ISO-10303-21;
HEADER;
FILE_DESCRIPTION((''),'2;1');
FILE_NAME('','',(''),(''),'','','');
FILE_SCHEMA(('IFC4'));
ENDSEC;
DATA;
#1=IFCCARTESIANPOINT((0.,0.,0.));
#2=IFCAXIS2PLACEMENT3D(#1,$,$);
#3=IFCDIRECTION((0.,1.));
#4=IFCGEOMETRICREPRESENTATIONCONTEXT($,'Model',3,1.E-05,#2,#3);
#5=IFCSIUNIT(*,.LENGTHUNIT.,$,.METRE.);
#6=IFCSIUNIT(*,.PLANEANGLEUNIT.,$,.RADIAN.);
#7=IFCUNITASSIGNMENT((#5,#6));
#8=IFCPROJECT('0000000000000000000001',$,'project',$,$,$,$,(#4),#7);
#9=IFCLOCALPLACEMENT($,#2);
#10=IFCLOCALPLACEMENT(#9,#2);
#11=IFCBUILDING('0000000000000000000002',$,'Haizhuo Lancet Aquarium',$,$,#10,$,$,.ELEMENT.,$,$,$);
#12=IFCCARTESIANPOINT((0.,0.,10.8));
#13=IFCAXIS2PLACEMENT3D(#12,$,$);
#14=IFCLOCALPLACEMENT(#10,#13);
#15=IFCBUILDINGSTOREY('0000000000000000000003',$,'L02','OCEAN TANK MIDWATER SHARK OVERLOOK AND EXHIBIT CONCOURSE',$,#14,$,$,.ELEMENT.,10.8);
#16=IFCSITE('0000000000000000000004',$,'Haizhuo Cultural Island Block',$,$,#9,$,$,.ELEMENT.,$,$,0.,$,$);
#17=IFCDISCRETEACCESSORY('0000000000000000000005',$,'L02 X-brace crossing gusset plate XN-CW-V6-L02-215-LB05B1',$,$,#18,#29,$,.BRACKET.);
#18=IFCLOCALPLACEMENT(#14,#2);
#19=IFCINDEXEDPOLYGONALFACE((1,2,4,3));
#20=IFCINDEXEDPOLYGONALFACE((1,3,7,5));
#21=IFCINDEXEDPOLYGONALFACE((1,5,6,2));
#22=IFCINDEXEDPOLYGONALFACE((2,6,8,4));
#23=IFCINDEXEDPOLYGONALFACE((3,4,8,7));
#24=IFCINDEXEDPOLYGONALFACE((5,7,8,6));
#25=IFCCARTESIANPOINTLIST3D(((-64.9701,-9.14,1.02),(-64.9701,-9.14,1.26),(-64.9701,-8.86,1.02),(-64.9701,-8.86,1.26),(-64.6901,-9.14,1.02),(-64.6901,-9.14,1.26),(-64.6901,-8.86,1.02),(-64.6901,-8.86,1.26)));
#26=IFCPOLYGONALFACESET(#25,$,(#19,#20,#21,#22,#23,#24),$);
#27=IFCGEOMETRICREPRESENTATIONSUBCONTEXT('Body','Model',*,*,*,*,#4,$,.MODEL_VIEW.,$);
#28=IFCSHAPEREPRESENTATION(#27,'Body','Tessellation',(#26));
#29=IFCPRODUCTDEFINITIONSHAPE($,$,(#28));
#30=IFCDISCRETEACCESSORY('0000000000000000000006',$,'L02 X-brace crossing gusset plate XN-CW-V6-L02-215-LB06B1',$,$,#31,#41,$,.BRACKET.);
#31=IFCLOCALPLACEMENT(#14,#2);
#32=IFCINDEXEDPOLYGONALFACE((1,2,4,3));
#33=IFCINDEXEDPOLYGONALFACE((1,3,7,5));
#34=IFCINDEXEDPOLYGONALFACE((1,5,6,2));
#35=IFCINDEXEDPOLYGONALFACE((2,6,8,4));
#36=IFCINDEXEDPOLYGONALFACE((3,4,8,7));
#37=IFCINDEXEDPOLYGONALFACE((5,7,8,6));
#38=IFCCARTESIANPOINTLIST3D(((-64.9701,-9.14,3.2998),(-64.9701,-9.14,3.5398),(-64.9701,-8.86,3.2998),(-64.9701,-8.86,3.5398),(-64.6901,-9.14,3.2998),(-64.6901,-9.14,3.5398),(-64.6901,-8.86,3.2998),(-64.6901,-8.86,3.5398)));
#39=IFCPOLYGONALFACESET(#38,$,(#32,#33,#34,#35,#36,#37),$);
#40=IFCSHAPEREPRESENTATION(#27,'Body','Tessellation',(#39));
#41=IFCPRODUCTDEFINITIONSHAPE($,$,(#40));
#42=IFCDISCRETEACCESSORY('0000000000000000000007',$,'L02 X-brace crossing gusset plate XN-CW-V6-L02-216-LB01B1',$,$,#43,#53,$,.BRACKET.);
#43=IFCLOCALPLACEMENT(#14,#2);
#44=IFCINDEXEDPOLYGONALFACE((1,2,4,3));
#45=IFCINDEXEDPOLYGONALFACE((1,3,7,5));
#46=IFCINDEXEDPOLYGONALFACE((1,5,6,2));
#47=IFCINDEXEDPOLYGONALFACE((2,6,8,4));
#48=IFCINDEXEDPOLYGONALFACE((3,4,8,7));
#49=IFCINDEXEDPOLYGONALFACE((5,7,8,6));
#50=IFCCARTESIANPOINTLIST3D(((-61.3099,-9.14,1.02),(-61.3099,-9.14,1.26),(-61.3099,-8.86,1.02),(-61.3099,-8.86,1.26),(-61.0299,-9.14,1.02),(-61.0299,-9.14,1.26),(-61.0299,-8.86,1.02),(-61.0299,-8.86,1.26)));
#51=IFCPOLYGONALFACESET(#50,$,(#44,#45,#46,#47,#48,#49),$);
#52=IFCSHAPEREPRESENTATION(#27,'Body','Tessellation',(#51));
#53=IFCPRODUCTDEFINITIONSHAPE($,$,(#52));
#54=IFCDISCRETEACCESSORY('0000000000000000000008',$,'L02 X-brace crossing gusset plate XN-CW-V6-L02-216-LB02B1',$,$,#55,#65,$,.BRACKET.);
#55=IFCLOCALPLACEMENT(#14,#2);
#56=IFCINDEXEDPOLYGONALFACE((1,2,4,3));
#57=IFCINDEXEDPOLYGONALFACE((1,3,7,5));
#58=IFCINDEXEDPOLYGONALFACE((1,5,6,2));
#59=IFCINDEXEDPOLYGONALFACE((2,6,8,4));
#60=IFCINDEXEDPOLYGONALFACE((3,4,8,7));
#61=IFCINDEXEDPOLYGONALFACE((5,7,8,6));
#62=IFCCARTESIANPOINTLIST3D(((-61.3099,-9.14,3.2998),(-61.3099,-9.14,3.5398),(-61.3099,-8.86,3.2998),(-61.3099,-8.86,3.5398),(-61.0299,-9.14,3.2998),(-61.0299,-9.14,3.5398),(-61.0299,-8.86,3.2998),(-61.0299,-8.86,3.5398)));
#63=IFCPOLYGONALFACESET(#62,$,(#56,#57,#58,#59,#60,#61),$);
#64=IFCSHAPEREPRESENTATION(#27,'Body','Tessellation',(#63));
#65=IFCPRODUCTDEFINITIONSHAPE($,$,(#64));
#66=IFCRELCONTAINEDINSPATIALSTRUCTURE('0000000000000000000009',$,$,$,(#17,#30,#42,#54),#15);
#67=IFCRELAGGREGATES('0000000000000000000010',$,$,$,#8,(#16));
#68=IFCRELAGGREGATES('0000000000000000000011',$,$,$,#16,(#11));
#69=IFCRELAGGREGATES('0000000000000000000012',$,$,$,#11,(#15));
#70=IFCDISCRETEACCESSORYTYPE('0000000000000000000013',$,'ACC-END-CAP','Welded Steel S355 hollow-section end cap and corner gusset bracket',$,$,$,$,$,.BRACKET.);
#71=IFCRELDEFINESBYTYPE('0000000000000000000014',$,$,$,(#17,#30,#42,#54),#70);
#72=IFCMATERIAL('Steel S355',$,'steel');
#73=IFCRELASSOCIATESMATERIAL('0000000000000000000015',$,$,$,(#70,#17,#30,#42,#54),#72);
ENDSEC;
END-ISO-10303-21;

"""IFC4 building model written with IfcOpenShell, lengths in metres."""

from ifc_helpers import new_model, si_unit, direction, frame, origin, origin_2d, place, context, subcontext, project, spatial, rectangle, extrude, material, type_object, element, save


model = new_model("IFC4")

# Units and contexts
model_context = context("Model", 3, precision=1e-05, world=origin(), true_north=direction((0.0, 1.0)))
body_context = subcontext(model_context, "Body", "Model", "MODEL_VIEW")
ifc_project = project(units=[si_unit("LENGTHUNIT", "METRE"), si_unit("PLANEANGLEUNIT", "RADIAN")], contexts=[model_context])

# Site, building, storey
site_placement = place(None, origin())
site = spatial("IfcSite", under=ifc_project, at=site_placement, Name="Haizhuo Cultural Island Block", CompositionType="ELEMENT", RefElevation=0.0)
building_placement = place(site_placement, origin())
building = spatial("IfcBuilding", under=site, at=building_placement, Name="Haizhuo Lancet Aquarium", CompositionType="ELEMENT")
storey_placement = place(building_placement, frame((0.0, 0.0, 10.8)))
storey = spatial("IfcBuildingStorey", under=building, at=storey_placement, Name="L02", Description="OCEAN TANK MIDWATER SHARK OVERLOOK AND EXHIBIT CONCOURSE", CompositionType="ELEMENT", Elevation=10.8)

# Shared definitions
ifc_material_1 = material(Name="Steel S355", Category="steel")

# Discrete accessories
discrete_accessory_type = type_object("IfcDiscreteAccessoryType", Name="ACC-END-CAP", Description="Welded Steel S355 hollow-section end cap and corner gusset bracket", PredefinedType="BRACKET", material=ifc_material_1)
for number, where, z_axis, x_axis, name in (
    (1, (-64.8301, -9.0, 1.02), (0.0, 0.0, 1.0), (1.0, 0.0, 0.0), "L02 X-brace crossing gusset plate XN-CW-V6-L02-215-LB05B1"),
    (2, (-64.8301, -9.0, 3.2998), (0.0, 0.0, 1.0), (1.0, 0.0, 0.0), "L02 X-brace crossing gusset plate XN-CW-V6-L02-215-LB06B1"),
    (3, (-61.1699, -9.0, 1.02), (0.0, 0.0, 1.0), (1.0, 0.0, 0.0), "L02 X-brace crossing gusset plate XN-CW-V6-L02-216-LB01B1"),
    (4, (-61.1699, -9.0, 3.2998), (0.0, 0.0, 1.0), (1.0, 0.0, 0.0), "L02 X-brace crossing gusset plate XN-CW-V6-L02-216-LB02B1"),
):
    element("IfcDiscreteAccessory", number, at=place(storey_placement, frame(where, z_axis=z_axis, x_axis=x_axis)), inside=storey, type_object=discrete_accessory_type, material=ifc_material_1, Name=name, PredefinedType="BRACKET", context=body_context, shape_type="SweptSolid", body=[
        extrude(rectangle(XDim=0.28, YDim=0.28, at=origin_2d()), origin(), (0.0, 0.0, 1.0), 0.24),
    ])

save(model, "model.ifc")
